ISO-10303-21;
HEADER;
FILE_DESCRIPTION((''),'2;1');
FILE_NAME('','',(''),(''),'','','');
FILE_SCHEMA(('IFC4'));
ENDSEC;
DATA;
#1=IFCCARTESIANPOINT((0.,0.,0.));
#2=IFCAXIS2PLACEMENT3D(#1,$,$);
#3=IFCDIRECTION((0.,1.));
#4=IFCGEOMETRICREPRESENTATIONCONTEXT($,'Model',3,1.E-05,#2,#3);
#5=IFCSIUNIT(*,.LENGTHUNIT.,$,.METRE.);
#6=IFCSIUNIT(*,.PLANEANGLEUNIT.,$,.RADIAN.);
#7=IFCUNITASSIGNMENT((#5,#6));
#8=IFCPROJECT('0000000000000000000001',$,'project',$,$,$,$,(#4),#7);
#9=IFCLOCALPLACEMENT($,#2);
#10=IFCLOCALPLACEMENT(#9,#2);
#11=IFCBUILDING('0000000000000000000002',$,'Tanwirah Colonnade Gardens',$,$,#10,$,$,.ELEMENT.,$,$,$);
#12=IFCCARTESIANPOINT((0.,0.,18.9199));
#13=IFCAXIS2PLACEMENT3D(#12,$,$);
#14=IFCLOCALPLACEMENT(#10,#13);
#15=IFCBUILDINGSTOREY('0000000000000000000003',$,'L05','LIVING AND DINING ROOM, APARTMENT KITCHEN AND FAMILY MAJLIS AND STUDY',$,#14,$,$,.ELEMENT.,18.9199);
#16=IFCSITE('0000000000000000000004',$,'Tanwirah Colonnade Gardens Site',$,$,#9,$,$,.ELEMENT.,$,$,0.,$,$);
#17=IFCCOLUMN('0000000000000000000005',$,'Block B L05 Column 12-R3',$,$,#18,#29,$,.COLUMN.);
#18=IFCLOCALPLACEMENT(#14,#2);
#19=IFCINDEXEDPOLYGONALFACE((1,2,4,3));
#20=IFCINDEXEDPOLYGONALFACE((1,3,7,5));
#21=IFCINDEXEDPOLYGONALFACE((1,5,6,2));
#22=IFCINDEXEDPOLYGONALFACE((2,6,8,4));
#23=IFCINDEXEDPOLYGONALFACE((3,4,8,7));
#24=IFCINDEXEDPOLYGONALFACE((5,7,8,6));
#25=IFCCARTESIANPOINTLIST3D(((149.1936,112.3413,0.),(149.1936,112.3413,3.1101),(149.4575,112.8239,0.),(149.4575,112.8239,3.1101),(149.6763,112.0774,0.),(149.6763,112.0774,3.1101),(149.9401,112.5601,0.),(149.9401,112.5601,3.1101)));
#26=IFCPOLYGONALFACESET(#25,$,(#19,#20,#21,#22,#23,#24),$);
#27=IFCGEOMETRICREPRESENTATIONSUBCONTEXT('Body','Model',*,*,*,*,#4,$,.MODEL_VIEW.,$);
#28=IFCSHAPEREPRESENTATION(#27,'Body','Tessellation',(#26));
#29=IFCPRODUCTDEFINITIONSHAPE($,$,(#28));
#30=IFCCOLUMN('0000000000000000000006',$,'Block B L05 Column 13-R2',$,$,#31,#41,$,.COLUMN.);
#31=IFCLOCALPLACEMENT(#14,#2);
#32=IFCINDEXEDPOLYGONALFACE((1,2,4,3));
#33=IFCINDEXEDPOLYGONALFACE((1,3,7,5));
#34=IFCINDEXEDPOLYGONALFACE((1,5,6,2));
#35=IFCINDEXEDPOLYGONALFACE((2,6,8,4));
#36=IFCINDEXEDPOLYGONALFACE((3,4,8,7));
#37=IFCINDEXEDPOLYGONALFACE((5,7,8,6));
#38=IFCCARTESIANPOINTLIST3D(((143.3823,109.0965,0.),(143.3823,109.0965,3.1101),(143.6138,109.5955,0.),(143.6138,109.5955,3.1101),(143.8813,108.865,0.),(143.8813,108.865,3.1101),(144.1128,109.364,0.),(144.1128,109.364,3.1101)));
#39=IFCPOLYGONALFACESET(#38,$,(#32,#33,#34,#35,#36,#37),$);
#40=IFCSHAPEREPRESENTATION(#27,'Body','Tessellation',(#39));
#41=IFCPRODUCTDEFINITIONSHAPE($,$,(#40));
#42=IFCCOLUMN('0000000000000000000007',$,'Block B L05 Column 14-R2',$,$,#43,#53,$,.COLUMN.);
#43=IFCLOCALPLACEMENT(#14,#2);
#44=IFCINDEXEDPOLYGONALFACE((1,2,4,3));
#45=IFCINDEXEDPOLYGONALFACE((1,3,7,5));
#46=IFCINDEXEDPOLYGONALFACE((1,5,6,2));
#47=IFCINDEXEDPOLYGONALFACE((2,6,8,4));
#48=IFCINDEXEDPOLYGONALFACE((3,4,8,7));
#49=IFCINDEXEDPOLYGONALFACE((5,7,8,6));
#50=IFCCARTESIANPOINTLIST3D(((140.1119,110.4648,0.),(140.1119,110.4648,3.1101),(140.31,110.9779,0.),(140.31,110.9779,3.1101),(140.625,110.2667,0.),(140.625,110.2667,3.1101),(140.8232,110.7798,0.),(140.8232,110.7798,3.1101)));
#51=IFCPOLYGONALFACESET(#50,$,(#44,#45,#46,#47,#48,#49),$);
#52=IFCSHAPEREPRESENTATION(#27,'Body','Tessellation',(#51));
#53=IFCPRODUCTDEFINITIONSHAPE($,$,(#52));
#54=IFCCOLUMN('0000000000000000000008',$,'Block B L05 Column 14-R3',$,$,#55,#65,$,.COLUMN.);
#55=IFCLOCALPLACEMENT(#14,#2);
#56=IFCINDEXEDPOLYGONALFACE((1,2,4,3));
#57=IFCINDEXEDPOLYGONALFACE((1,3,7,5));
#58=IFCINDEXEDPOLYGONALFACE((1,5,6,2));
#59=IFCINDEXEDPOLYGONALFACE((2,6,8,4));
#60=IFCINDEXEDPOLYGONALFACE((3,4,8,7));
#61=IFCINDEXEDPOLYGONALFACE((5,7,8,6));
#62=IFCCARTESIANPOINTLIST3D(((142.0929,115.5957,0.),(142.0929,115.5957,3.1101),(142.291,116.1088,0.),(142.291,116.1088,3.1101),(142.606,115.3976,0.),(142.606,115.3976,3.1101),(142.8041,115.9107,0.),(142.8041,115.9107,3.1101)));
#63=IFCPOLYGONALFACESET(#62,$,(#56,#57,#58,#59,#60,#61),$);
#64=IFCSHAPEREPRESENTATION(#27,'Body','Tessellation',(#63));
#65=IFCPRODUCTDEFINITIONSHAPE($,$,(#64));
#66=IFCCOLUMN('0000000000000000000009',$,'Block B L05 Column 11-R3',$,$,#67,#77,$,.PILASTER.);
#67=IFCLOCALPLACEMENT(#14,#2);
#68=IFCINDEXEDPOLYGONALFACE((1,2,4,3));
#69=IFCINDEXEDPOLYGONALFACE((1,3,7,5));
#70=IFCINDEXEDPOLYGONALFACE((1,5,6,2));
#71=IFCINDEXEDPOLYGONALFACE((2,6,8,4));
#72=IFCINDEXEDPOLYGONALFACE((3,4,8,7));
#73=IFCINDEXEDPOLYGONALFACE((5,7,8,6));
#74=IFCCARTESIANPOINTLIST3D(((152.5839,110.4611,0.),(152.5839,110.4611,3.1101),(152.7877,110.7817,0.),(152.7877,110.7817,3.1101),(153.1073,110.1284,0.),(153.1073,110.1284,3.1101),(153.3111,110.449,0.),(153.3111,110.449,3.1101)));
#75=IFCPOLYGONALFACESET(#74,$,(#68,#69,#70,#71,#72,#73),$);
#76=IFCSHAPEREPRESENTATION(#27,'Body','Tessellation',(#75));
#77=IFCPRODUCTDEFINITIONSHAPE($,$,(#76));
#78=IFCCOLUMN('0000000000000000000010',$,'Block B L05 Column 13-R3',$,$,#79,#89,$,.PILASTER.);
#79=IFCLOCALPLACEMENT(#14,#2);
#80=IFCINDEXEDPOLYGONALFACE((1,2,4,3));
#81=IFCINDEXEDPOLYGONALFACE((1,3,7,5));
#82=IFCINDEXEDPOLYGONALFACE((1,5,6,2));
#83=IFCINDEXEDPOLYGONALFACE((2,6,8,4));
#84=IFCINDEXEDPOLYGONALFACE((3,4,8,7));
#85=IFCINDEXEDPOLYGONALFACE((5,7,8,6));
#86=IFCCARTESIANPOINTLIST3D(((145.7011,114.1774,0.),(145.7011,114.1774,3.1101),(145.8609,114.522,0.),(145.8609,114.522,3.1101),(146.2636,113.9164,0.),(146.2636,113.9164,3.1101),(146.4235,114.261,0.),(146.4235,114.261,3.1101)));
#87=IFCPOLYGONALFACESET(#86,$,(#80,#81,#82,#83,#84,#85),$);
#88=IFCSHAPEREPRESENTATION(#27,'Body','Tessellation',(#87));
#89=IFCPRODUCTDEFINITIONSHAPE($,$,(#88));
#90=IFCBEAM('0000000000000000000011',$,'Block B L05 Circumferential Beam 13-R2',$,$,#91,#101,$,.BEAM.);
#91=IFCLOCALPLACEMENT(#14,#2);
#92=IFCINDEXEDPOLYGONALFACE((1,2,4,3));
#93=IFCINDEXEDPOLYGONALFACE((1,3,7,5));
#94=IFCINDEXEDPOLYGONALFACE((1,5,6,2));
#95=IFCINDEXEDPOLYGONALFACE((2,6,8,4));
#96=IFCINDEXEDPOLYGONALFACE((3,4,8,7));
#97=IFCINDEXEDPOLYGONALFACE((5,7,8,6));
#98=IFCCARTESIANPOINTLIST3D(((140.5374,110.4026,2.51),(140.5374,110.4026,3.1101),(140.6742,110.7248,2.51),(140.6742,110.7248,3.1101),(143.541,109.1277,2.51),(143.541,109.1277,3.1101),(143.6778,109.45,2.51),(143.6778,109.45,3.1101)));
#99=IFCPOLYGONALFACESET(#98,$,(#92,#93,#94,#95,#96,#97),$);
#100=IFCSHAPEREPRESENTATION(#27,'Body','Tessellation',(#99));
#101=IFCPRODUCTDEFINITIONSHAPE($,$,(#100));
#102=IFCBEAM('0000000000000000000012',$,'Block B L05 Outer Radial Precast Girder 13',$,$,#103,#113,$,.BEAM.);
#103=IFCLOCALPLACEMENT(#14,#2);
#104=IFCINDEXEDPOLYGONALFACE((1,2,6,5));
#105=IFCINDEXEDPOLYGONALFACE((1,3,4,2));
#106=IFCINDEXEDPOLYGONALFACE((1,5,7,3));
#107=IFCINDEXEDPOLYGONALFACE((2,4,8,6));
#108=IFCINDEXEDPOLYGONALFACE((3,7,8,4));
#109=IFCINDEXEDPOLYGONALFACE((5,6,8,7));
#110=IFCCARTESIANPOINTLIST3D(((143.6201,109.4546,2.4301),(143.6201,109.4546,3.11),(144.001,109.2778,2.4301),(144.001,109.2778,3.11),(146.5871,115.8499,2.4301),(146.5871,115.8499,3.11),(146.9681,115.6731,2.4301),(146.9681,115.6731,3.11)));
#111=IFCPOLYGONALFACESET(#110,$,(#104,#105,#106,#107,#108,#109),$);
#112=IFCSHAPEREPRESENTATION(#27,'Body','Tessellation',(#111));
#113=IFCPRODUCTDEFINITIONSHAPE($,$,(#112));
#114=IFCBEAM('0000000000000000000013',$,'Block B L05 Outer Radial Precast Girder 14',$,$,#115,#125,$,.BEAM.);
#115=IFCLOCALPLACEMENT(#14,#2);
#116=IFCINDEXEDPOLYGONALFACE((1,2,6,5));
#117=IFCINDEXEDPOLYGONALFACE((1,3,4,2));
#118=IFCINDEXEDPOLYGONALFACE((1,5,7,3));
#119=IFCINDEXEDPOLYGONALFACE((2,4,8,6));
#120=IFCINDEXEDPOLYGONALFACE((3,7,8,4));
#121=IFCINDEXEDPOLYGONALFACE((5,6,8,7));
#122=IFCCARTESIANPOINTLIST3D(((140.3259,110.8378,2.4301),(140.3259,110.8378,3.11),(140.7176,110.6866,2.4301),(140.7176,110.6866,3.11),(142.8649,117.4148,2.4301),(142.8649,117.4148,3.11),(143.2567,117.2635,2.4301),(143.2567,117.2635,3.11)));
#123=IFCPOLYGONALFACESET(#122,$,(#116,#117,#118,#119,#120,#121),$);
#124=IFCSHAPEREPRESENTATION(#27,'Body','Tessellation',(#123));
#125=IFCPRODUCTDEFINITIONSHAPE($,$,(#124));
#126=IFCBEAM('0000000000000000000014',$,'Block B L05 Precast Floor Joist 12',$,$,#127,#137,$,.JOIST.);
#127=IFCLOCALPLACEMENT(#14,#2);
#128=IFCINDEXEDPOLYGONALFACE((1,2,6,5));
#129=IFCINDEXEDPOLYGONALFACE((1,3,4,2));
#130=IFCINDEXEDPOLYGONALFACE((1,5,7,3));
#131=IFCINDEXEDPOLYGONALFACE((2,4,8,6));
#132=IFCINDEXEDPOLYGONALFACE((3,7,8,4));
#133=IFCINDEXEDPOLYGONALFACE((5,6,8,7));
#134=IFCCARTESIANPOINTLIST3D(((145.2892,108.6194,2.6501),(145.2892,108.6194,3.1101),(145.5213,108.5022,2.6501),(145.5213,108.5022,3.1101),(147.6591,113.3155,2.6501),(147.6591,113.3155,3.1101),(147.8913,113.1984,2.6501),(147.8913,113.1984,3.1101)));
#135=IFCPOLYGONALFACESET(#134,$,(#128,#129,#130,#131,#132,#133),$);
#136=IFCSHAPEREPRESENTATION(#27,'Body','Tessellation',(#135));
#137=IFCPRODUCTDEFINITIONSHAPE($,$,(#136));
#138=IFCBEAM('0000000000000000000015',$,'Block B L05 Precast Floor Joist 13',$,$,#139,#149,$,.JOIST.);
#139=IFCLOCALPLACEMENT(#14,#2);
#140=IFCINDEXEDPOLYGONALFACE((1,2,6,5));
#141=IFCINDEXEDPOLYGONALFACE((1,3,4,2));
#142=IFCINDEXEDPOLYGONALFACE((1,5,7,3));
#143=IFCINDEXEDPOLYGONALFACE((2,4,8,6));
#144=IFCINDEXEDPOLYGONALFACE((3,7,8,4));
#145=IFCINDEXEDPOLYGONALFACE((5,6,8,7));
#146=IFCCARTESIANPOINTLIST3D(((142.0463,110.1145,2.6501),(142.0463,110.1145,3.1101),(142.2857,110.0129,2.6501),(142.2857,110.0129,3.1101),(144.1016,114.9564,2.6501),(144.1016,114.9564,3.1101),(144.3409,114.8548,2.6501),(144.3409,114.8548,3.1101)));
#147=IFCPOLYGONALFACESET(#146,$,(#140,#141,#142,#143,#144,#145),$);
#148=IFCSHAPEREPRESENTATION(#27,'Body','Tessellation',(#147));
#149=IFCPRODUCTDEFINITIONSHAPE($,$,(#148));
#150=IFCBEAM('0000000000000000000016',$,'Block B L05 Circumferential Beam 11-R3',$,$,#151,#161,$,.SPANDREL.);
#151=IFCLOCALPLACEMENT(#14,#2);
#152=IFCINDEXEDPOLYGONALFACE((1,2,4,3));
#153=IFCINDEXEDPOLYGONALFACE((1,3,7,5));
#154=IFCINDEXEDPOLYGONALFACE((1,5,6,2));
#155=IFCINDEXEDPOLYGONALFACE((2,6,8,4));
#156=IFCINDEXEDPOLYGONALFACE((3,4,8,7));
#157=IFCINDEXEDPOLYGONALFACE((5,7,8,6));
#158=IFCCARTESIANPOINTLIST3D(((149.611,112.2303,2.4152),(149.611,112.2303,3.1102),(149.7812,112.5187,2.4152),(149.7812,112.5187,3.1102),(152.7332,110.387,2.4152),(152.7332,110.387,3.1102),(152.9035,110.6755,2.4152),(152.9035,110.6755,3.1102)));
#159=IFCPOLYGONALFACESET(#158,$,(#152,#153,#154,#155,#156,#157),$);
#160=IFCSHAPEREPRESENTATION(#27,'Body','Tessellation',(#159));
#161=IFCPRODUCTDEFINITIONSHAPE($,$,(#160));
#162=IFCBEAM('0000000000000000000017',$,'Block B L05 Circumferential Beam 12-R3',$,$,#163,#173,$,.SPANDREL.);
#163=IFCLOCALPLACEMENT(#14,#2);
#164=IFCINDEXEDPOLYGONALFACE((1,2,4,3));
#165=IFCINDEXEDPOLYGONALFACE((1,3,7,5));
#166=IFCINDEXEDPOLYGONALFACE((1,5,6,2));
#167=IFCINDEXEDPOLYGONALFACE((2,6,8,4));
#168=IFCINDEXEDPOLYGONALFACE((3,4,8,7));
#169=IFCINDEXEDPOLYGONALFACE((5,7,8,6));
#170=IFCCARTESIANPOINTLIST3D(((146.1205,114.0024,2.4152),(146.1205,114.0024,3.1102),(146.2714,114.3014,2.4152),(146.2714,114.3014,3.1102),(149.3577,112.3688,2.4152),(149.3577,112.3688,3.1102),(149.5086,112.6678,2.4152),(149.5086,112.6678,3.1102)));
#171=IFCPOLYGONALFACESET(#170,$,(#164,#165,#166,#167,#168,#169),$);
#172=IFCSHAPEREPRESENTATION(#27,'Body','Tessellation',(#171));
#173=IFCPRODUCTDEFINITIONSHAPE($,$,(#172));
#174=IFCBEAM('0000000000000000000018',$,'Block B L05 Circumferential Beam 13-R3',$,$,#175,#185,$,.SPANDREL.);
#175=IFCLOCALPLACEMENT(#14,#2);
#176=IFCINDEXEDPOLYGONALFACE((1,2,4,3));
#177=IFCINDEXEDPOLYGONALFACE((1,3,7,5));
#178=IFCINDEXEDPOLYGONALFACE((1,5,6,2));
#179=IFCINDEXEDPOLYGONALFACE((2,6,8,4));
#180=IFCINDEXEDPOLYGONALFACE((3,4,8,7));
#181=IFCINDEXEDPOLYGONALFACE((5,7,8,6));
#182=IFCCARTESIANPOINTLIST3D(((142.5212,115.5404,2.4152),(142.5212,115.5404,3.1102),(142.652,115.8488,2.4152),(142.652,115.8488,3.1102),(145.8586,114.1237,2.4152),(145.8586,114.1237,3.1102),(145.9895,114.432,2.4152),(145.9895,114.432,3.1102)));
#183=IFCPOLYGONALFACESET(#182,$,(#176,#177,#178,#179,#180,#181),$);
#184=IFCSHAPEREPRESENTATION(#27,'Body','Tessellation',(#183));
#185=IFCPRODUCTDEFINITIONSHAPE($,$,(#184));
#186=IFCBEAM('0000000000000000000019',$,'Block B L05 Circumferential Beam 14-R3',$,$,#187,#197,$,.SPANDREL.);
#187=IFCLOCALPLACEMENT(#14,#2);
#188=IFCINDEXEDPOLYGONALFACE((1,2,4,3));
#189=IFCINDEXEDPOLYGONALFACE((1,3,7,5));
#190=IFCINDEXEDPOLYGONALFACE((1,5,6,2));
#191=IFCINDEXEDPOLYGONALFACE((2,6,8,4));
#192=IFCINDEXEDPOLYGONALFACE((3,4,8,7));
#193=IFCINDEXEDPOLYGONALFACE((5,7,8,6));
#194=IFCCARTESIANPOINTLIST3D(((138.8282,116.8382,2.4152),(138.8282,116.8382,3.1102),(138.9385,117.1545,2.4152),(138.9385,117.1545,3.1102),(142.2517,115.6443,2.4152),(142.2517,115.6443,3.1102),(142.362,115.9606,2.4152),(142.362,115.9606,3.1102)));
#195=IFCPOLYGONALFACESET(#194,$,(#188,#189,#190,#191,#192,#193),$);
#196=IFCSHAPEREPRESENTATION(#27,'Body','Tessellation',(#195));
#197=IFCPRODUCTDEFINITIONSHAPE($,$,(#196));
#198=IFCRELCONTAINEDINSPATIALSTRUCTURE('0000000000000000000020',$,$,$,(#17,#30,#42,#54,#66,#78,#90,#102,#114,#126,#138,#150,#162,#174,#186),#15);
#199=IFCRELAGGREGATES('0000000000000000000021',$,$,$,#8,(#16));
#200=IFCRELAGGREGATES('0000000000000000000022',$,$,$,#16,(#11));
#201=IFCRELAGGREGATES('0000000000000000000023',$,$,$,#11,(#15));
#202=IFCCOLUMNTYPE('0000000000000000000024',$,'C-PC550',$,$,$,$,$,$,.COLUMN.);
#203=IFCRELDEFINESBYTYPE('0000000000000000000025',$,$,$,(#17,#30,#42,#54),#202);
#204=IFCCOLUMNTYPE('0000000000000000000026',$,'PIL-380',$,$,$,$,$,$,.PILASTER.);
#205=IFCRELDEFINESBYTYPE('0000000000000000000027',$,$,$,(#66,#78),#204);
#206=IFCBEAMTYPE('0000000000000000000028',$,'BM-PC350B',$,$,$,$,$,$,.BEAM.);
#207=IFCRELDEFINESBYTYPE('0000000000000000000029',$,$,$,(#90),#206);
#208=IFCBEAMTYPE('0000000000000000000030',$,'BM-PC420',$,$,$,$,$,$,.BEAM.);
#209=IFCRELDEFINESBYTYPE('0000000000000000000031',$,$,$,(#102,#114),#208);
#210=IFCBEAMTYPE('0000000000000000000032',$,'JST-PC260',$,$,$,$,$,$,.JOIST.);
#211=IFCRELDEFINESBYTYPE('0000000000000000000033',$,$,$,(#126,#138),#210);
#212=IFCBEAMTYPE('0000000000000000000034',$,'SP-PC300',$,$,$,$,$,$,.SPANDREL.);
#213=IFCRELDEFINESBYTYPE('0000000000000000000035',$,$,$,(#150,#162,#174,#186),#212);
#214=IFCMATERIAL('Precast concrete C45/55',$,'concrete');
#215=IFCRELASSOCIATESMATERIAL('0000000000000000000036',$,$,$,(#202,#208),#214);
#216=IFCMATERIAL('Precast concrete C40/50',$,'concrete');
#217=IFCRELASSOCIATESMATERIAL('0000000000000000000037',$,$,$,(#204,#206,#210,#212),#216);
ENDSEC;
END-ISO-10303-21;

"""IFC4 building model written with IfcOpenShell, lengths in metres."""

from ifc_helpers import new_model, si_unit, direction, frame, origin, origin_2d, place, context, subcontext, project, spatial, rectangle, extrude, material, material_profile, profile_set, type_object, element, save


model = new_model("IFC4")

# Units and contexts
model_context = context("Model", 3, precision=1e-05, world=origin(), true_north=direction((0.0, 1.0)))
body_context = subcontext(model_context, "Body", "Model", "MODEL_VIEW")
ifc_project = project(units=[si_unit("LENGTHUNIT", "METRE"), si_unit("PLANEANGLEUNIT", "RADIAN")], contexts=[model_context])

# Site, building, storey
site_placement = place(None, origin())
site = spatial("IfcSite", under=ifc_project, at=site_placement, Name="Tanwirah Colonnade Gardens Site", CompositionType="ELEMENT", RefElevation=0.0)
building_placement = place(site_placement, origin())
building = spatial("IfcBuilding", under=site, at=building_placement, Name="Tanwirah Colonnade Gardens", CompositionType="ELEMENT")
storey_placement = place(building_placement, frame((0.0, 0.0, 18.9199)))
storey = spatial("IfcBuildingStorey", under=building, at=storey_placement, Name="L05", Description="LIVING AND DINING ROOM, APARTMENT KITCHEN AND FAMILY MAJLIS AND STUDY", CompositionType="ELEMENT", Elevation=18.9199)

# Columns
ifc_material_1 = material(Name="Precast concrete C45/55", Category="concrete")
ifc_material_profile_1 = material_profile(ifc_material_1, rectangle(XDim=0.55, YDim=0.55, at=origin_2d()), Name="PC-COL 550x550")
ifc_profile_set_1 = profile_set([ifc_material_profile_1], Name="Precast concrete C45/55")
column_type_1 = type_object("IfcColumnType", Name="C-PC550", PredefinedType="COLUMN", material=ifc_profile_set_1)
for number, where, z_axis, x_axis, name in (
    (1, (149.5669, 112.4507, 0.0), (0.0, 0.0, 1.0), (0.479713, 0.877425, 0.0), "Block B L05 Column 12-R3"),
    (2, (143.7476, 109.2302, 0.0), (0.0, 0.0, 1.0), (0.42086, 0.907126, 0.0), "Block B L05 Column 13-R2"),
    (3, (140.4675, 110.6223, 0.0), (0.0, 0.0, 1.0), (0.360178, 0.932884, 0.0), "Block B L05 Column 14-R2"),
    (4, (142.4485, 115.7532, 0.0), (0.0, 0.0, 1.0), (0.360178, 0.932884, 0.0), "Block B L05 Column 14-R3"),
):
    element("IfcColumn", number, at=place(storey_placement, frame(where, z_axis=z_axis, x_axis=x_axis)), inside=storey, type_object=column_type_1, Name=name, PredefinedType="COLUMN", context=body_context, shape_type="SweptSolid", body=[
        extrude(rectangle(XDim=0.55, YDim=0.55, at=origin_2d()), origin(), (0.0, 0.0, 1.0), 3.1101),
    ])
ifc_material_2 = material(Name="Precast concrete C40/50", Category="concrete")
ifc_material_profile_2 = material_profile(ifc_material_2, rectangle(XDim=0.3799, YDim=0.6201, at=origin_2d()), Name="PC-PIL 380x620")
ifc_profile_set_2 = profile_set([ifc_material_profile_2], Name="Precast concrete C40/50")
column_type_2 = type_object("IfcColumnType", Name="PIL-380", PredefinedType="PILASTER", material=ifc_profile_set_2)
for number, where, z_axis, x_axis, name in (
    (5, (152.9475, 110.4551, 0.0), (0.0, 0.0, 1.0), (0.536482, 0.843912, 0.0), "Block B L05 Column 11-R3"),
    (6, (146.0623, 114.2192, 0.0), (0.0, 0.0, 1.0), (0.42086, 0.907126, 0.0), "Block B L05 Column 13-R3"),
):
    element("IfcColumn", number, at=place(storey_placement, frame(where, z_axis=z_axis, x_axis=x_axis)), inside=storey, type_object=column_type_2, Name=name, PredefinedType="PILASTER", context=body_context, shape_type="SweptSolid", body=[
        extrude(rectangle(XDim=0.3799, YDim=0.6201, at=origin_2d()), origin(), (0.0, 0.0, 1.0), 3.1101),
    ])

# Beams
ifc_material_profile_3 = material_profile(ifc_material_2, rectangle(XDim=0.3501, YDim=0.6001, at=origin_2d()), Name="PC-BM 350x600")
ifc_profile_set_3 = profile_set([ifc_material_profile_3], Name="Precast concrete C40/50")
beam_type_1 = type_object("IfcBeamType", Name="BM-PC350B", PredefinedType="BEAM", material=ifc_profile_set_3)
beam_1_placement = place(storey_placement, frame((143.6094, 109.2888, 2.8101), z_axis=(-0.920513, 0.390711, 0.0), x_axis=(-0.390711, -0.920513, 0.0)))
element("IfcBeam", 7, at=beam_1_placement, inside=storey, type_object=beam_type_1, Name="Block B L05 Circumferential Beam 13-R2", PredefinedType="BEAM", context=body_context, shape_type="SweptSolid", body=[
    extrude(rectangle(XDim=0.3501, YDim=0.6001, at=origin_2d()), origin(), (0.0, 0.0, 1.0), 3.2629),
])
ifc_material_profile_4 = material_profile(ifc_material_1, rectangle(XDim=0.4199, YDim=0.6799, at=origin_2d()), Name="PC-BM 420x680")
ifc_profile_set_4 = profile_set([ifc_material_profile_4], Name="Precast concrete C45/55")
beam_type_2 = type_object("IfcBeamType", Name="BM-PC420", PredefinedType="BEAM", material=ifc_profile_set_4)
for number, where, z_axis, x_axis, name in (
    (8, (143.8105, 109.3662, 2.77), (0.420856, 0.907128, 0.0), (-0.907128, 0.420856, 0.0), "Block B L05 Outer Radial Precast Girder 13"),
    (9, (140.5217, 110.7622, 2.77), (0.360151, 0.932894, 0.0), (-0.932894, 0.360151, 0.0), "Block B L05 Outer Radial Precast Girder 14"),
):
    element("IfcBeam", number, at=place(storey_placement, frame(where, z_axis=z_axis, x_axis=x_axis)), inside=storey, type_object=beam_type_2, Name=name, PredefinedType="BEAM", context=body_context, shape_type="SweptSolid", body=[
        extrude(rectangle(XDim=0.4199, YDim=0.6799, at=origin_2d()), origin(), (0.0, 0.0, 1.0), 7.05),
    ])
ifc_material_profile_5 = material_profile(ifc_material_2, rectangle(XDim=0.26, YDim=0.46, at=origin_2d()), Name="PC-JST 260x460")
ifc_profile_set_5 = profile_set([ifc_material_profile_5], Name="Precast concrete C40/50")
beam_type_3 = type_object("IfcBeamType", Name="JST-PC260", PredefinedType="JOIST", material=ifc_profile_set_5)
beam_2_placement = place(storey_placement, frame((145.4053, 108.5608, 2.8801), z_axis=(0.450534, 0.892759, 0.0), x_axis=(-0.892759, 0.450534, 0.0)))
element("IfcBeam", 10, at=beam_2_placement, inside=storey, type_object=beam_type_3, Name="Block B L05 Precast Floor Joist 12", PredefinedType="JOIST", context=body_context, shape_type="SweptSolid", body=[
    extrude(rectangle(XDim=0.26, YDim=0.46, at=origin_2d()), origin(), (0.0, 0.0, 1.0), 5.2603),
])
beam_3_placement = place(storey_placement, frame((142.166, 110.0637, 2.8801), z_axis=(0.390724, 0.920508, 0.0), x_axis=(-0.920508, 0.390724, 0.0)))
element("IfcBeam", 11, at=beam_3_placement, inside=storey, type_object=beam_type_3, Name="Block B L05 Precast Floor Joist 13", PredefinedType="JOIST", context=body_context, shape_type="SweptSolid", body=[
    extrude(rectangle(XDim=0.26, YDim=0.46, at=origin_2d()), origin(), (0.0, 0.0, 1.0), 5.26),
])
ifc_material_profile_6 = material_profile(ifc_material_2, rectangle(XDim=0.335, YDim=0.6951, at=origin_2d()), Name="PC-SP 335x695")
ifc_profile_set_6 = profile_set([ifc_material_profile_6], Name="Precast concrete C40/50")
beam_type_4 = type_object("IfcBeamType", Name="SP-PC300", PredefinedType="SPANDREL", material=ifc_profile_set_6)
beam_4_placement = place(storey_placement, frame((152.8184, 110.5312, 2.7627), z_axis=(-0.861137, 0.508373, 0.0), x_axis=(-0.508373, -0.861137, 0.0)))
element("IfcBeam", 12, at=beam_4_placement, inside=storey, type_object=beam_type_4, Name="Block B L05 Circumferential Beam 11-R3", PredefinedType="SPANDREL", context=body_context, shape_type="SweptSolid", body=[
    extrude(rectangle(XDim=0.335, YDim=0.6951, at=origin_2d()), origin(), (0.0, 0.0, 1.0), 3.6257),
])
beam_5_placement = place(storey_placement, frame((149.4331, 112.5183, 2.7627), z_axis=(-0.892765, 0.450523, 0.0), x_axis=(-0.450523, -0.892765, 0.0)))
element("IfcBeam", 13, at=beam_5_placement, inside=storey, type_object=beam_type_4, Name="Block B L05 Circumferential Beam 12-R3", PredefinedType="SPANDREL", context=body_context, shape_type="SweptSolid", body=[
    extrude(rectangle(XDim=0.335, YDim=0.6951, at=origin_2d()), origin(), (0.0, 0.0, 1.0), 3.626),
])
for number, where, z_axis, x_axis, name in (
    (14, (145.9241, 114.2778, 2.7627), (-0.920494, 0.390756, 0.0), (-0.390756, -0.920494, 0.0), "Block B L05 Circumferential Beam 13-R3"),
    (15, (142.3069, 115.8025, 2.7627), (-0.944237, 0.329267, 0.0), (-0.329267, -0.944237, 0.0), "Block B L05 Circumferential Beam 14-R3"),
):
    element("IfcBeam", number, at=place(storey_placement, frame(where, z_axis=z_axis, x_axis=x_axis)), inside=storey, type_object=beam_type_4, Name=name, PredefinedType="SPANDREL", context=body_context, shape_type="SweptSolid", body=[
        extrude(rectangle(XDim=0.335, YDim=0.6951, at=origin_2d()), origin(), (0.0, 0.0, 1.0), 3.6257),
    ])

save(model, "model.ifc")
